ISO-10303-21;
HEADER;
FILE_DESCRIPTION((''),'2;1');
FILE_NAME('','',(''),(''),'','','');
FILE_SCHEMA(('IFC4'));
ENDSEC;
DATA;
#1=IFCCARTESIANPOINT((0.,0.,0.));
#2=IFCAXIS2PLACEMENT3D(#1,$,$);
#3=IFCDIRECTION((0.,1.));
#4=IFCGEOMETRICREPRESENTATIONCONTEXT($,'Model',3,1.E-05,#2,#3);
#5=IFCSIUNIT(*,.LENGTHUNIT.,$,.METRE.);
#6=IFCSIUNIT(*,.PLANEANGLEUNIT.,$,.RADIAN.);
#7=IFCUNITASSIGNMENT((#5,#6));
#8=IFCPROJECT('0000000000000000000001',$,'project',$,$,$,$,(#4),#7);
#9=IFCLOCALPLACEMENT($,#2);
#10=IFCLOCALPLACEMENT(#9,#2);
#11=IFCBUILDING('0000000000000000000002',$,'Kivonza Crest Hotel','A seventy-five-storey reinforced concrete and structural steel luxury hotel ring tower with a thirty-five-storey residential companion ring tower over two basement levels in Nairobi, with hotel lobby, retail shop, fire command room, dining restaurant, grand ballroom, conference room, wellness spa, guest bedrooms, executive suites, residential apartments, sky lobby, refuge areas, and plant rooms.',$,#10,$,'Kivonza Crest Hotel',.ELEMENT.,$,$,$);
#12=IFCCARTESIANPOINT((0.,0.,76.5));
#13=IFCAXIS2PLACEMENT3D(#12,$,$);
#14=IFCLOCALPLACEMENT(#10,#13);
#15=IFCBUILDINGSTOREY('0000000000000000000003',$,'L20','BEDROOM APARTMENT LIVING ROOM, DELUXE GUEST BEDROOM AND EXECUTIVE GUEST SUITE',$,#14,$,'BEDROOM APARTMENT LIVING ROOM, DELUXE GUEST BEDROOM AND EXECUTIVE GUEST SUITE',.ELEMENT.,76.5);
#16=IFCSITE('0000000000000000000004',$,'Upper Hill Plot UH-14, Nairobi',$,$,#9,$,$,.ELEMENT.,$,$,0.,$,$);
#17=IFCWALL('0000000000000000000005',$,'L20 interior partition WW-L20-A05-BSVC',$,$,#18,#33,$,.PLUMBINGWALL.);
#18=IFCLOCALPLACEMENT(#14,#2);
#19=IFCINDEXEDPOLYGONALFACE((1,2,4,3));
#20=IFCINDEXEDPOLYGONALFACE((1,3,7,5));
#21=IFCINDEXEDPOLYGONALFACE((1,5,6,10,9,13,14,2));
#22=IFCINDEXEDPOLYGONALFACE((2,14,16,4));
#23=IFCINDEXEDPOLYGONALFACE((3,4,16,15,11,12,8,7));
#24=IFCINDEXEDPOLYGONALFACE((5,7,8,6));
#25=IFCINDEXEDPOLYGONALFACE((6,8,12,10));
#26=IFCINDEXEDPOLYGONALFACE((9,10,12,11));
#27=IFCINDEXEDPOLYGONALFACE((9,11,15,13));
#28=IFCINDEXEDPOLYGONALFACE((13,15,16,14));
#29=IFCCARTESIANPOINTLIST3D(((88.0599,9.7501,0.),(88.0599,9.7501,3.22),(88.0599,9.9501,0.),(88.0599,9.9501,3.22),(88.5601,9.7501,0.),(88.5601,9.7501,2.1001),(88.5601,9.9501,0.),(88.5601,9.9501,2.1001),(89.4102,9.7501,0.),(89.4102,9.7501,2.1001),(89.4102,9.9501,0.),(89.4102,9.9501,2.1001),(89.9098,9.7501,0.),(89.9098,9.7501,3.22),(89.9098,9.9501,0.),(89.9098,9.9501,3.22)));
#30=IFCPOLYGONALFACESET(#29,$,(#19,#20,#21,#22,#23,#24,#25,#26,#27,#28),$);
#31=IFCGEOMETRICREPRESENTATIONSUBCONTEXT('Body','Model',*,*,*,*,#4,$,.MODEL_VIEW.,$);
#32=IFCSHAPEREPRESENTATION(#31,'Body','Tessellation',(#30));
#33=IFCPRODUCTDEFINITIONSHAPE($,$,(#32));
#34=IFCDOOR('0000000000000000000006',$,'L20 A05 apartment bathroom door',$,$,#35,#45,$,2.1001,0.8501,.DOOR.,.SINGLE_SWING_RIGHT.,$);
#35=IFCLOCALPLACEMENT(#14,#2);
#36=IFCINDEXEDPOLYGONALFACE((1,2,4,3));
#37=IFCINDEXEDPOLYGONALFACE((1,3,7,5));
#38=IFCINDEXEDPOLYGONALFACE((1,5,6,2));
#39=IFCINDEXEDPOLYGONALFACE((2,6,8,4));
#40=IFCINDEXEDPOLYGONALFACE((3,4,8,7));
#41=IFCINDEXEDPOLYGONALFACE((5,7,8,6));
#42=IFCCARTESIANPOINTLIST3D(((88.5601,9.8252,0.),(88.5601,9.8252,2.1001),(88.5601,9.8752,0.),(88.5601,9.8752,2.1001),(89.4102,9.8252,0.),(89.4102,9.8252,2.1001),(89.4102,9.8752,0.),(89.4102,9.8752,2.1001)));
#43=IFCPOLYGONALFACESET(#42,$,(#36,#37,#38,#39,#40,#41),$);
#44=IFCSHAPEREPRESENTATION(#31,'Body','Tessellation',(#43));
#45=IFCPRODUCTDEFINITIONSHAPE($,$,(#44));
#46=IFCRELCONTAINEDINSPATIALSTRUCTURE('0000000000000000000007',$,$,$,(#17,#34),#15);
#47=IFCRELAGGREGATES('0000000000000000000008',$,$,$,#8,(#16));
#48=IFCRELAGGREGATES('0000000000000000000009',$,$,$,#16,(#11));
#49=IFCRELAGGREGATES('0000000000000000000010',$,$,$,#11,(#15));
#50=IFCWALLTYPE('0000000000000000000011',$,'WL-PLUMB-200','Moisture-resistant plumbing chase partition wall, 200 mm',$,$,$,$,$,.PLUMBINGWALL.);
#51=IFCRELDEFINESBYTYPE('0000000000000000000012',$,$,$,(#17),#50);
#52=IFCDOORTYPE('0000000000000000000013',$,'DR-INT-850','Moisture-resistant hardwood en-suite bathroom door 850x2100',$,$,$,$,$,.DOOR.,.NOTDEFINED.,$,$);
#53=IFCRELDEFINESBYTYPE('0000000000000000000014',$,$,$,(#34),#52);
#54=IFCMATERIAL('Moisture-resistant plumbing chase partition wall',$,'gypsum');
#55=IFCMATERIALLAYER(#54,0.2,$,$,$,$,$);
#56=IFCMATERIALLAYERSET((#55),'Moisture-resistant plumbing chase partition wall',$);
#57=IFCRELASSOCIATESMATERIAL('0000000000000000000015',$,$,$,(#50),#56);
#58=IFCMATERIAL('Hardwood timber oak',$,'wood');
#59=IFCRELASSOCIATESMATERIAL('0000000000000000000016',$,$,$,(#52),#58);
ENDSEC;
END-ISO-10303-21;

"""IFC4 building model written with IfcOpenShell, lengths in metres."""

from ifc_helpers import new_model, si_unit, direction, frame, frame_2d, origin, place, context, subcontext, project, spatial, rectangle, extrude, material, layer, layer_set, type_object, element, fill, save


model = new_model("IFC4")

# Units and contexts
model_context = context("Model", 3, precision=1e-05, world=origin(), true_north=direction((0.0, 1.0)))
body_context = subcontext(model_context, "Body", "Model", "MODEL_VIEW")
ifc_project = project(units=[si_unit("LENGTHUNIT", "METRE"), si_unit("PLANEANGLEUNIT", "RADIAN")], contexts=[model_context])

# Site, building, storey
site_placement = place(None, origin())
site = spatial("IfcSite", under=ifc_project, at=site_placement, Name="Upper Hill Plot UH-14, Nairobi", CompositionType="ELEMENT", RefElevation=0.0)
building_placement = place(site_placement, origin())
building = spatial("IfcBuilding", under=site, at=building_placement, Name="Kivonza Crest Hotel", Description="A seventy-five-storey reinforced concrete and structural steel luxury hotel ring tower with a thirty-five-storey residential companion ring tower over two basement levels in Nairobi, with hotel lobby, retail shop, fire command room, dining restaurant, grand ballroom, conference room, wellness spa, guest bedrooms, executive suites, residential apartments, sky lobby, refuge areas, and plant rooms.", LongName="Kivonza Crest Hotel", CompositionType="ELEMENT")
storey_placement = place(building_placement, frame((0.0, 0.0, 76.5)))
storey = spatial("IfcBuildingStorey", under=building, at=storey_placement, Name="L20", Description="BEDROOM APARTMENT LIVING ROOM, DELUXE GUEST BEDROOM AND EXECUTIVE GUEST SUITE", LongName="BEDROOM APARTMENT LIVING ROOM, DELUXE GUEST BEDROOM AND EXECUTIVE GUEST SUITE", CompositionType="ELEMENT", Elevation=76.5)

# Shared definitions
ifc_material_1 = material(Name="Hardwood timber oak", Category="wood")

# Shared definitions
ifc_material_2 = material(Name="Moisture-resistant plumbing chase partition wall", Category="gypsum")
ifc_layer_1 = layer(ifc_material_2, 0.2)
ifc_layer_set_1 = layer_set([ifc_layer_1], Name="Moisture-resistant plumbing chase partition wall")
wall_type_1 = type_object("IfcWallType", Name="WL-PLUMB-200", Description="Moisture-resistant plumbing chase partition wall, 200 mm", PredefinedType="PLUMBINGWALL", material=ifc_layer_set_1)

# Wall, opening, door
wall_1_placement = place(storey_placement, frame((88.0601, 9.8501, 0.0), z_axis=(0.0, 0.0, 1.0), x_axis=(1.0, 0.0, 0.0)))
wall_1 = element("IfcWall", 1, at=wall_1_placement, inside=storey, type_object=wall_type_1, Name="L20 interior partition WW-L20-A05-BSVC", PredefinedType="PLUMBINGWALL", context=body_context, shape_type="SweptSolid", body=[
    extrude(rectangle(XDim=1.8499, YDim=0.2, at=frame_2d((0.9248, 0.0))), origin(), (0.0, 0.0, 1.0), 3.22),
])
opening_1_placement = place(wall_1_placement, frame((0.5, 0.0, 0.0)))
opening_1 = element("IfcOpeningElement", 2, at=opening_1_placement, cuts=wall_1, PredefinedType="OPENING", context=body_context, shape_type="SweptSolid", body=[
    extrude(rectangle(XDim=0.8501, YDim=2.1001, at=frame_2d((0.425, 1.05))), frame((0.0, 0.1099, 0.0), z_axis=(0.0, -1.0, 0.0), x_axis=(1.0, 0.0, 0.0)), (0.0, 0.0, 1.0), 0.22),
])
door_type_1 = type_object("IfcDoorType", Name="DR-INT-850", Description="Moisture-resistant hardwood en-suite bathroom door 850x2100", OperationType="NOTDEFINED", PredefinedType="DOOR", material=ifc_material_1)
door_1_placement = place(opening_1_placement, frame((0.8501, 0.0, 0.0), z_axis=(0.0, 0.0, 1.0), x_axis=(-1.0, 0.0, 0.0)))
door_1 = element("IfcDoor", 3, at=door_1_placement, inside=storey, type_object=door_type_1, Name="L20 A05 apartment bathroom door", OperationType="SINGLE_SWING_RIGHT", OverallHeight=2.1001, OverallWidth=0.8501, PredefinedType="DOOR", context=body_context, shape_type="SweptSolid", body=[
    extrude(rectangle(XDim=0.8501, YDim=2.1001, at=frame_2d((0.425, 1.05))), frame((0.0, 0.0249, 0.0), z_axis=(0.0, -1.0, 0.0), x_axis=(1.0, 0.0, 0.0)), (0.0, 0.0, 1.0), 0.05),
])
fill(opening_1, door_1)

save(model, "model.ifc")
